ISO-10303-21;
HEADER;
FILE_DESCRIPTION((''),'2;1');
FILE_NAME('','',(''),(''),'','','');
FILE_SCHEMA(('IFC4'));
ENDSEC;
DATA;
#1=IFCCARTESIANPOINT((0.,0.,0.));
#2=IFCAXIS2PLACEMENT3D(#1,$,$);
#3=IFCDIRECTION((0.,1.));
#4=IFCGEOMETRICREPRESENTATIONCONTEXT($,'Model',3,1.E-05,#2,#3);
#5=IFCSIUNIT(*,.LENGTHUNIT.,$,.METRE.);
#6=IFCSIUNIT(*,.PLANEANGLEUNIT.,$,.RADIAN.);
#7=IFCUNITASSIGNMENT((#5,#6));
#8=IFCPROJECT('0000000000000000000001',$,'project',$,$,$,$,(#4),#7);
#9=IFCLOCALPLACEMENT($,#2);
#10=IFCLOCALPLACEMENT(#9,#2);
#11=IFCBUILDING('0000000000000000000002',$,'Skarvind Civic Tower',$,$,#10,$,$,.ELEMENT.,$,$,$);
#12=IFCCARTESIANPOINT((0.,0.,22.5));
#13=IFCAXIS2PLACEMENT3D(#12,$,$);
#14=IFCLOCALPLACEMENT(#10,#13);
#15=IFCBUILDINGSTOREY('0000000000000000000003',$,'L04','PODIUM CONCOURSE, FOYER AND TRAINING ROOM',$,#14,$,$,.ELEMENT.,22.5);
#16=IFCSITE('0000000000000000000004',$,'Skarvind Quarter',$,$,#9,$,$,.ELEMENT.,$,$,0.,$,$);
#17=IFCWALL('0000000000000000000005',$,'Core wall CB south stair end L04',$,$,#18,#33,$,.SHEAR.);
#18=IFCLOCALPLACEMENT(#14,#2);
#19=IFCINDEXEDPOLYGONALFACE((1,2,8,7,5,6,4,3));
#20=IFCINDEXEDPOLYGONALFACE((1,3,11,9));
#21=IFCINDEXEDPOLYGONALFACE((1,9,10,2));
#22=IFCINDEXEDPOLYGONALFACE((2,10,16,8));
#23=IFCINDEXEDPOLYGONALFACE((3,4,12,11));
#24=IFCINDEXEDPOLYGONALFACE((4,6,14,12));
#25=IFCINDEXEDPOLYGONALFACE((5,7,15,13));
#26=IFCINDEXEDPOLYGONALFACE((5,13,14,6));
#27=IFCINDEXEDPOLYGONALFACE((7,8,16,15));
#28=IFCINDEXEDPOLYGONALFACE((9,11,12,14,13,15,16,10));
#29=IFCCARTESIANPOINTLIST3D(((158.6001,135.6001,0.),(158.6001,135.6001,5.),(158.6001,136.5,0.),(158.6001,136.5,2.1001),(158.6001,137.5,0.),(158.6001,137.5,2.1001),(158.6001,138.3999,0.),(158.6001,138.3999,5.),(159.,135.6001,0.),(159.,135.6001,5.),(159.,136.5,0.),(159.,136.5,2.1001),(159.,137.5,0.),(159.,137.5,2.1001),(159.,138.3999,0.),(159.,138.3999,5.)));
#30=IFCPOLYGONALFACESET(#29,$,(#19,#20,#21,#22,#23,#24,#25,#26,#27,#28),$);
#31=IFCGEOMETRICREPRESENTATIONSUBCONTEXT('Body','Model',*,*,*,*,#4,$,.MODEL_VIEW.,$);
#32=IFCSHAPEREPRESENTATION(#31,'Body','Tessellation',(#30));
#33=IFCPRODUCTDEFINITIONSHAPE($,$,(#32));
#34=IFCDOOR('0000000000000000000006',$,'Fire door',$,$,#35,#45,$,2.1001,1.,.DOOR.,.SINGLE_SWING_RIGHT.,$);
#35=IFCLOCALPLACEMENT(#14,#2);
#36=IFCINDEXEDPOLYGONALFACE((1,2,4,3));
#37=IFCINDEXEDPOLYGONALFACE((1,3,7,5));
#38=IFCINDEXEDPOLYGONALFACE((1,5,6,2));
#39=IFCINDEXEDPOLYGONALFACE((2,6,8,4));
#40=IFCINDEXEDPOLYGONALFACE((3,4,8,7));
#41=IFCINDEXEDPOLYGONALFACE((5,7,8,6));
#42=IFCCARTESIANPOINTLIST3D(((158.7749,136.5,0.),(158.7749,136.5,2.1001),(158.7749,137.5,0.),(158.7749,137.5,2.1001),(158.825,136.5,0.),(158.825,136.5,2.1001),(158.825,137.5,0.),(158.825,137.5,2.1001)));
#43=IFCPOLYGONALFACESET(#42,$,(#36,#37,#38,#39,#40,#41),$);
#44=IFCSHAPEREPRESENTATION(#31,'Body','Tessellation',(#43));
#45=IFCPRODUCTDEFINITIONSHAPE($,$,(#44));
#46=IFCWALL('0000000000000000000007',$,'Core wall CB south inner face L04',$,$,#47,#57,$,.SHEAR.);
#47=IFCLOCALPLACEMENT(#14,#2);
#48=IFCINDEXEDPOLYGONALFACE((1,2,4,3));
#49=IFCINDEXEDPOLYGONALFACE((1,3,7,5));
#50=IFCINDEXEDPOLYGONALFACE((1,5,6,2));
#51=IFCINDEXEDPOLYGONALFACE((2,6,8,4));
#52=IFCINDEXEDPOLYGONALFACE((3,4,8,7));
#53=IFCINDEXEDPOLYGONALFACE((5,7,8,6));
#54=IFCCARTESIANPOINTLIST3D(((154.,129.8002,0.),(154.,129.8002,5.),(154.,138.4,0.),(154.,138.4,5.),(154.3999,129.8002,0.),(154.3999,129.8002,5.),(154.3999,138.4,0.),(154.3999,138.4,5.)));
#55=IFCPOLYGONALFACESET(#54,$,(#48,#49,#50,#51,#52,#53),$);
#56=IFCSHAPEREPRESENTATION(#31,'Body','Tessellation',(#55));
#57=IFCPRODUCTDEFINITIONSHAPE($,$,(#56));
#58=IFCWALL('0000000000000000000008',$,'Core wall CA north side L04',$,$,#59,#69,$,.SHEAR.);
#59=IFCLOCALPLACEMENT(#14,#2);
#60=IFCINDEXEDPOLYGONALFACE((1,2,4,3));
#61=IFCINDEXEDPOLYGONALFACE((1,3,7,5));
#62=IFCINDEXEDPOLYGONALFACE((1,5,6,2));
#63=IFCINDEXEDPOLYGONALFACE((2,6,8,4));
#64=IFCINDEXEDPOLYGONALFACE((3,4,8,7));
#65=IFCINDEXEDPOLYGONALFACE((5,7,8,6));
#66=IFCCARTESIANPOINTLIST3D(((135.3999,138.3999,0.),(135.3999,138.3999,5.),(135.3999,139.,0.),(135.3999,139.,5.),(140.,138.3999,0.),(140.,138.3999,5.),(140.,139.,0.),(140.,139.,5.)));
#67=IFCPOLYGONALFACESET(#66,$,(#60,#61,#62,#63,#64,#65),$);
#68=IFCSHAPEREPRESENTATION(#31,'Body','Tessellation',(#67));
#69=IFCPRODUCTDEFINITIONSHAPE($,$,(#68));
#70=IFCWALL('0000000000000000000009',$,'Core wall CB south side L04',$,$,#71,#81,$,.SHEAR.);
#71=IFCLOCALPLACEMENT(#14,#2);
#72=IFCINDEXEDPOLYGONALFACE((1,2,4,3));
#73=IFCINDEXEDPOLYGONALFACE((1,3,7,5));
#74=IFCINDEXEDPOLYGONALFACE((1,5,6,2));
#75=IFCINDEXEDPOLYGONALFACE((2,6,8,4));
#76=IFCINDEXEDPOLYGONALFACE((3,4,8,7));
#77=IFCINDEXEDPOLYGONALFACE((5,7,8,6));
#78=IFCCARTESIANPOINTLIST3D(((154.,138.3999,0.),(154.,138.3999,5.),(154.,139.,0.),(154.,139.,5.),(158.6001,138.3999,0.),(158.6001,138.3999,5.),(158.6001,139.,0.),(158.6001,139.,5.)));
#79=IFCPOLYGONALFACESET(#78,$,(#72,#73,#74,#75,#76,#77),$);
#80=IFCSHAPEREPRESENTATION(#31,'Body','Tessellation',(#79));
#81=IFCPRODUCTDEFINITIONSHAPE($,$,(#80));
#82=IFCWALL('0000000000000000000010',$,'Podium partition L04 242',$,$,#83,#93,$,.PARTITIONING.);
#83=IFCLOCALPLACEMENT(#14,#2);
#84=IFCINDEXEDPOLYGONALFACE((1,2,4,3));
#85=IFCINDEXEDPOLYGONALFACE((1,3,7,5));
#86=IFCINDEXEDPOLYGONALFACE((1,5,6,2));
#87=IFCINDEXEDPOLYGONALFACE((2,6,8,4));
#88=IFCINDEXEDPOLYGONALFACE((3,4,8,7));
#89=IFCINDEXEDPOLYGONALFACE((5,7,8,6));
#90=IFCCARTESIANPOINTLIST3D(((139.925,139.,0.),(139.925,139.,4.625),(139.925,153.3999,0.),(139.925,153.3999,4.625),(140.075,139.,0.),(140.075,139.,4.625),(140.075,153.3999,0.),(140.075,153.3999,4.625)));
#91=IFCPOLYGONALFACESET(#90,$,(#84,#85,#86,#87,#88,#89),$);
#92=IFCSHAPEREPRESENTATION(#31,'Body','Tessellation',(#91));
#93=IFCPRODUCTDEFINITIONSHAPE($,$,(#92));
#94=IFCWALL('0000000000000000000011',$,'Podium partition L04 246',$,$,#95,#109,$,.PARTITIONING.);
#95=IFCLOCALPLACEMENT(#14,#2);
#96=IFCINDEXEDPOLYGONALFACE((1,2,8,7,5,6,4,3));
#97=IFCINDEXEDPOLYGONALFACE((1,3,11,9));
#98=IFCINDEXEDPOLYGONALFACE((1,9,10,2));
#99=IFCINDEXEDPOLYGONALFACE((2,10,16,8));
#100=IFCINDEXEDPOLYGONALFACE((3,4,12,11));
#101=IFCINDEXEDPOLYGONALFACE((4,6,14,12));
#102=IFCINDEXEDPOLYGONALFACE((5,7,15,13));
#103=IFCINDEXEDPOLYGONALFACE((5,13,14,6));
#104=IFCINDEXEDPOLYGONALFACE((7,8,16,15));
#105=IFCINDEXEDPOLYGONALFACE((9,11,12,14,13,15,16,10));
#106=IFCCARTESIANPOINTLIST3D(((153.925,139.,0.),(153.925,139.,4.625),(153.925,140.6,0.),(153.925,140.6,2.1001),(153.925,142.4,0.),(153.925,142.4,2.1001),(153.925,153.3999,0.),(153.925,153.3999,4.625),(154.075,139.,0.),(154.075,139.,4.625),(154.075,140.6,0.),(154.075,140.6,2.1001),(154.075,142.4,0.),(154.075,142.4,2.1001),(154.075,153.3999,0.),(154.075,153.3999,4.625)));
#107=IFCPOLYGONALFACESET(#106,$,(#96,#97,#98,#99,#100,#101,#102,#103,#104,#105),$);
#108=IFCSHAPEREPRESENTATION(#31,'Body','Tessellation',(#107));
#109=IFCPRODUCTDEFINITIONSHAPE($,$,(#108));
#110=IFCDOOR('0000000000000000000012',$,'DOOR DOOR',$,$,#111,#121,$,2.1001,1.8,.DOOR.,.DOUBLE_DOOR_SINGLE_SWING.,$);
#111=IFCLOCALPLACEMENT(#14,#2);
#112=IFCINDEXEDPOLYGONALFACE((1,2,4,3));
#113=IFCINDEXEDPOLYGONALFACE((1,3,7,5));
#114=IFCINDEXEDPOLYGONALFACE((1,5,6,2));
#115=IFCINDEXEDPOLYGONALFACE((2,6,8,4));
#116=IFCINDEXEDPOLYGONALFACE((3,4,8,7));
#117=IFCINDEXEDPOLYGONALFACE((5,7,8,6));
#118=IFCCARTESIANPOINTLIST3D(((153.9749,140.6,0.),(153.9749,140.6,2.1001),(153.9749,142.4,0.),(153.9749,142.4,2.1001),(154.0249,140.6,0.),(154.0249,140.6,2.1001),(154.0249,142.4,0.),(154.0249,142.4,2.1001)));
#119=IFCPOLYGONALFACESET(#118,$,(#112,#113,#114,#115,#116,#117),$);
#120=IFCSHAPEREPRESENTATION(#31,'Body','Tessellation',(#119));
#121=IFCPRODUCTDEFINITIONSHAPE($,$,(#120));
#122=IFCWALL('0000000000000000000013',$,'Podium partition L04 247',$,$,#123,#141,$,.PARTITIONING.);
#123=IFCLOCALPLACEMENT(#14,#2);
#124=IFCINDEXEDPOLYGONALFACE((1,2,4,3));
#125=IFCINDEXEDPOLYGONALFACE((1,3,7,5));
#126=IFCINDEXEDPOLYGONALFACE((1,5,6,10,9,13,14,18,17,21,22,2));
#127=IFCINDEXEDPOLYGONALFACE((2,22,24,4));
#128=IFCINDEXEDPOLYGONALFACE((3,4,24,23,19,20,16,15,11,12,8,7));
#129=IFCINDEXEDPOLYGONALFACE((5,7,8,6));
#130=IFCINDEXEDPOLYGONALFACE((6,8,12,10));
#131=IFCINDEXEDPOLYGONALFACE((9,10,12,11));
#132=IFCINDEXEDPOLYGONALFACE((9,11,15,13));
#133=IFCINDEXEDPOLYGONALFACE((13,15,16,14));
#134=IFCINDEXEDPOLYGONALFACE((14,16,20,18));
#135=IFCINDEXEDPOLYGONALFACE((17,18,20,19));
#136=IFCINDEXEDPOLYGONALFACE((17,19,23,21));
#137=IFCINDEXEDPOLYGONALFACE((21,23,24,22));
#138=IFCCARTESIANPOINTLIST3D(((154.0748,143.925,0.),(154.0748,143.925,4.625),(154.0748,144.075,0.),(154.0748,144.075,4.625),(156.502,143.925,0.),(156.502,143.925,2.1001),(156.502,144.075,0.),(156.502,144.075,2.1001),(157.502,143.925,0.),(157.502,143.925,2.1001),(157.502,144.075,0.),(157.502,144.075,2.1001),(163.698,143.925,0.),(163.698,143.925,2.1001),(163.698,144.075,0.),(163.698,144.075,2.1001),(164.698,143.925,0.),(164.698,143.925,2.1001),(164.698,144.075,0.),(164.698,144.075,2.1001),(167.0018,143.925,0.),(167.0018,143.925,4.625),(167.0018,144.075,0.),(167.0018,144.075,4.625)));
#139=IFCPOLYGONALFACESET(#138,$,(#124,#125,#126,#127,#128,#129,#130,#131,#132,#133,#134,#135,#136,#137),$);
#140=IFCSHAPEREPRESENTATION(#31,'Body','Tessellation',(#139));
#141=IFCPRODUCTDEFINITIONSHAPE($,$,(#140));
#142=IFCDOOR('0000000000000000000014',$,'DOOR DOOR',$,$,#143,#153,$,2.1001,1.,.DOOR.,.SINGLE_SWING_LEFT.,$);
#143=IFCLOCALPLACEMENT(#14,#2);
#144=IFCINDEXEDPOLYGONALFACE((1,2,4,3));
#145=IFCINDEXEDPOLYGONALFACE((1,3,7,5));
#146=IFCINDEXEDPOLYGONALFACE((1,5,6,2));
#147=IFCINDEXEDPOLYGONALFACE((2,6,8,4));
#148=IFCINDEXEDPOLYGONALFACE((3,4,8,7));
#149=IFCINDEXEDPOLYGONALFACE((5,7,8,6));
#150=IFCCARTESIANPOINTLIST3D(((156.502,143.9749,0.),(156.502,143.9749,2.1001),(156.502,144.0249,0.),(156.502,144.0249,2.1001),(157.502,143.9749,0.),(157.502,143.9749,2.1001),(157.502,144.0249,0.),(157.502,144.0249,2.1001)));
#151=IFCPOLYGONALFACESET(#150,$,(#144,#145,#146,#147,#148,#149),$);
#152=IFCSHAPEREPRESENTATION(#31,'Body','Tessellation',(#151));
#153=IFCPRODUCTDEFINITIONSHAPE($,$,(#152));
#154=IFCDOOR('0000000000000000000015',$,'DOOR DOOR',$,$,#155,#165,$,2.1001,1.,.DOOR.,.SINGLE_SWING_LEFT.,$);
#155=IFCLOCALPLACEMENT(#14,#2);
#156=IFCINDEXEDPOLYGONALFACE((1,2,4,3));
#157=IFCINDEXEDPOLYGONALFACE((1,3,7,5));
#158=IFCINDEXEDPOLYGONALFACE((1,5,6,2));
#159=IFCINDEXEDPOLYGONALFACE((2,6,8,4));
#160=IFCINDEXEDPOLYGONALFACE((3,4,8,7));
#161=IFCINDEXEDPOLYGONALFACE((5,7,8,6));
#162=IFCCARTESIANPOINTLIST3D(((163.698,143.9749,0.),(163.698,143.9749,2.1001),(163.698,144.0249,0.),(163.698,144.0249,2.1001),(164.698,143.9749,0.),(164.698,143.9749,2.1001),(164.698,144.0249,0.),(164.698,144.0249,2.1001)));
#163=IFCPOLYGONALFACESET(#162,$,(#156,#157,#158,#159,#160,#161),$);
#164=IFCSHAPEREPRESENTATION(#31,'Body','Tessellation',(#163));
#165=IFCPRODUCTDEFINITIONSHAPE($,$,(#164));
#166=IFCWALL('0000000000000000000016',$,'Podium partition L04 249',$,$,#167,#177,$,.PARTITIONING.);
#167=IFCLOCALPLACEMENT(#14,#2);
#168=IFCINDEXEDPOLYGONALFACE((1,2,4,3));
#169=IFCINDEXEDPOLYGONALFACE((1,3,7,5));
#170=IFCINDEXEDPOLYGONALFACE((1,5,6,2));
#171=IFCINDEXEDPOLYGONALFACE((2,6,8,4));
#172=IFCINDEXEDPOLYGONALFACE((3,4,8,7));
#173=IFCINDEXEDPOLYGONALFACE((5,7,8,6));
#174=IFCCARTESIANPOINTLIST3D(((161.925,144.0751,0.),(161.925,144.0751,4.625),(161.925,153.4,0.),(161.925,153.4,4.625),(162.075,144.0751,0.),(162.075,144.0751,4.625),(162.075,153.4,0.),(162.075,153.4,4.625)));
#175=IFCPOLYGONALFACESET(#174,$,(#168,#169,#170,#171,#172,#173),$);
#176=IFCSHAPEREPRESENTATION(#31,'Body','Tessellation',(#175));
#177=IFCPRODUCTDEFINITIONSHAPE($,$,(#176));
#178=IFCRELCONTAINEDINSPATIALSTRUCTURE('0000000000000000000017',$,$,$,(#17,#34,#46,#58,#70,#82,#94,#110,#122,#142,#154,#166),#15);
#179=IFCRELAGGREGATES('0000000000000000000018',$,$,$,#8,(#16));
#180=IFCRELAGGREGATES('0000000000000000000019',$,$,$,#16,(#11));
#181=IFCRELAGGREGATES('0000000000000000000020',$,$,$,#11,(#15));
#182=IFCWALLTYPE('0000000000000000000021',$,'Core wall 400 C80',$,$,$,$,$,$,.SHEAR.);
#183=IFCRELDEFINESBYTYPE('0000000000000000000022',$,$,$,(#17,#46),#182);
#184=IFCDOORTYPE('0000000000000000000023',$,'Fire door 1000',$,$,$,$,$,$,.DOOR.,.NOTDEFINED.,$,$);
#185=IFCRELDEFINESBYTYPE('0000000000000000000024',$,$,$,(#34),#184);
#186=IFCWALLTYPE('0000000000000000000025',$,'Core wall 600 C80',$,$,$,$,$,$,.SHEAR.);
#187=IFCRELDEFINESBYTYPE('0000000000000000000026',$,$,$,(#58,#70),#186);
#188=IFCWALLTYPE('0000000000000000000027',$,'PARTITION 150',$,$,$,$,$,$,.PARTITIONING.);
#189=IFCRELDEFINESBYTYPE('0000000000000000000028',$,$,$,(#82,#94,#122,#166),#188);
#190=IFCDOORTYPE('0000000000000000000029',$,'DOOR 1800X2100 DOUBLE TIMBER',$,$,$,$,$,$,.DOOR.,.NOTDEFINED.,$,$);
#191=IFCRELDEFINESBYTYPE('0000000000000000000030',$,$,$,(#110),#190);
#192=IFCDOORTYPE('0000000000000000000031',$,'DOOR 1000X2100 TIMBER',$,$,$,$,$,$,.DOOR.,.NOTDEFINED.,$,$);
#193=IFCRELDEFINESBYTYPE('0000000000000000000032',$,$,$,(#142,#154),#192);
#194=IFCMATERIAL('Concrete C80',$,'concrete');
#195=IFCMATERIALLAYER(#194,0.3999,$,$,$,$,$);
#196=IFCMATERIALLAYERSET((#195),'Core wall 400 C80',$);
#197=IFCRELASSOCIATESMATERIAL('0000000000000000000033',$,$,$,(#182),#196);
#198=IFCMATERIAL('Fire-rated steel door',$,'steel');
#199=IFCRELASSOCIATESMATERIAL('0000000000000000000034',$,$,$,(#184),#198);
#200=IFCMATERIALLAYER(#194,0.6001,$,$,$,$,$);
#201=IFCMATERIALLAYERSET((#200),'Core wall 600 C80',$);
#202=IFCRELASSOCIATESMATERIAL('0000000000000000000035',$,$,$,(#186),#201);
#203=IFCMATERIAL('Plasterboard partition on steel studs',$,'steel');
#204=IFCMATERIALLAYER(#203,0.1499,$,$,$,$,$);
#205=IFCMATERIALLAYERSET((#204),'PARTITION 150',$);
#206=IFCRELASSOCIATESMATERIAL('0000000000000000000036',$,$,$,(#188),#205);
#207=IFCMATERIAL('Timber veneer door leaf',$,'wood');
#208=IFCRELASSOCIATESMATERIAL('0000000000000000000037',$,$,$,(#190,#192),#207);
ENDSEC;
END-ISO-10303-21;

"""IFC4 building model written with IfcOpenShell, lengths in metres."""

from ifc_helpers import new_model, si_unit, direction, frame, frame_2d, origin, place, context, subcontext, project, spatial, rectangle, extrude, material, layer, layer_set, type_object, element, fill, save


model = new_model("IFC4")

# Units and contexts
model_context = context("Model", 3, precision=1e-05, world=origin(), true_north=direction((0.0, 1.0)))
body_context = subcontext(model_context, "Body", "Model", "MODEL_VIEW")
ifc_project = project(units=[si_unit("LENGTHUNIT", "METRE"), si_unit("PLANEANGLEUNIT", "RADIAN")], contexts=[model_context])

# Site, building, storey
site_placement = place(None, origin())
site = spatial("IfcSite", under=ifc_project, at=site_placement, Name="Skarvind Quarter", CompositionType="ELEMENT", RefElevation=0.0)
building_placement = place(site_placement, origin())
building = spatial("IfcBuilding", under=site, at=building_placement, Name="Skarvind Civic Tower", CompositionType="ELEMENT")
storey_placement = place(building_placement, frame((0.0, 0.0, 22.5)))
storey = spatial("IfcBuildingStorey", under=building, at=storey_placement, Name="L04", Description="PODIUM CONCOURSE, FOYER AND TRAINING ROOM", CompositionType="ELEMENT", Elevation=22.5)

# Shared definitions
ifc_material_1 = material(Name="Fire-rated steel door", Category="steel")

# Shared definitions
ifc_material_2 = material(Name="Concrete C80", Category="concrete")
ifc_layer_1 = layer(ifc_material_2, 0.3999)
ifc_layer_set_1 = layer_set([ifc_layer_1], Name="Core wall 400 C80")
wall_type_1 = type_object("IfcWallType", Name="Core wall 400 C80", PredefinedType="SHEAR", material=ifc_layer_set_1)

# Wall, opening, door
wall_1_placement = place(storey_placement, frame((158.8, 138.3999, 0.0), z_axis=(0.0, 0.0, 1.0), x_axis=(0.0, -1.0, 0.0)))
wall_1 = element("IfcWall", 1, at=wall_1_placement, inside=storey, type_object=wall_type_1, Name="Core wall CB south stair end L04", PredefinedType="SHEAR", context=body_context, shape_type="SweptSolid", body=[
    extrude(rectangle(XDim=2.7998, YDim=0.3999, at=frame_2d((1.3999, 0.0))), origin(), (0.0, 0.0, 1.0), 5.0),
])
opening_1_placement = place(wall_1_placement, frame((0.8999, 0.0, 0.0)))
opening_1 = element("IfcOpeningElement", 2, at=opening_1_placement, cuts=wall_1, PredefinedType="OPENING", context=body_context, shape_type="SweptSolid", body=[
    extrude(rectangle(XDim=1.0, YDim=2.1001, at=frame_2d((0.5, 1.05))), frame((0.0, 0.21, 0.0), z_axis=(0.0, -1.0, 0.0), x_axis=(1.0, 0.0, 0.0)), (0.0, 0.0, 1.0), 0.4199),
])
door_type_1 = type_object("IfcDoorType", Name="Fire door 1000", OperationType="NOTDEFINED", PredefinedType="DOOR", material=ifc_material_1)
door_1_placement = place(opening_1_placement, origin())
door_1 = element("IfcDoor", 3, at=door_1_placement, inside=storey, type_object=door_type_1, Name="Fire door", OperationType="SINGLE_SWING_RIGHT", OverallHeight=2.1001, OverallWidth=1.0, PredefinedType="DOOR", context=body_context, shape_type="SweptSolid", body=[
    extrude(rectangle(XDim=1.0, YDim=2.1001, at=frame_2d((0.5, 1.05))), frame((0.0, 0.0249, 0.0), z_axis=(0.0, -1.0, 0.0), x_axis=(1.0, 0.0, 0.0)), (0.0, 0.0, 1.0), 0.05),
])
fill(opening_1, door_1)

# Walls
wall_2_placement = place(storey_placement, frame((154.2, 138.3999, 0.0), z_axis=(0.0, 0.0, 1.0), x_axis=(0.0, -1.0, 0.0)))
element("IfcWall", 4, at=wall_2_placement, inside=storey, type_object=wall_type_1, Name="Core wall CB south inner face L04", PredefinedType="SHEAR", context=body_context, shape_type="SweptSolid", body=[
    extrude(rectangle(XDim=8.5999, YDim=0.3999, at=frame_2d((4.2998, 0.0))), origin(), (0.0, 0.0, 1.0), 5.0),
])
ifc_layer_2 = layer(ifc_material_2, 0.6001)
ifc_layer_set_2 = layer_set([ifc_layer_2], Name="Core wall 600 C80")
wall_type_2 = type_object("IfcWallType", Name="Core wall 600 C80", PredefinedType="SHEAR", material=ifc_layer_set_2)
for number, where, z_axis, x_axis, name in (
    (5, (135.3999, 138.7, 0.0), (0.0, 0.0, 1.0), (1.0, 0.0, 0.0), "Core wall CA north side L04"),
    (6, (158.6001, 138.7, 0.0), (0.0, 0.0, 1.0), (-1.0, 0.0, 0.0), "Core wall CB south side L04"),
):
    element("IfcWall", number, at=place(storey_placement, frame(where, z_axis=z_axis, x_axis=x_axis)), inside=storey, type_object=wall_type_2, Name=name, PredefinedType="SHEAR", context=body_context, shape_type="SweptSolid", body=[
        extrude(rectangle(XDim=4.6001, YDim=0.6001, at=frame_2d((2.3, 0.0))), origin(), (0.0, 0.0, 1.0), 5.0),
    ])
ifc_material_3 = material(Name="Plasterboard partition on steel studs", Category="steel")
ifc_layer_3 = layer(ifc_material_3, 0.1499)
ifc_layer_set_3 = layer_set([ifc_layer_3], Name="PARTITION 150")
wall_type_3 = type_object("IfcWallType", Name="PARTITION 150", PredefinedType="PARTITIONING", material=ifc_layer_set_3)
wall_3_placement = place(storey_placement, frame((140.0, 139.0, 0.0), z_axis=(0.0, 0.0, 1.0), x_axis=(0.0, 1.0, 0.0)))
element("IfcWall", 7, at=wall_3_placement, inside=storey, type_object=wall_type_3, Name="Podium partition L04 242", PredefinedType="PARTITIONING", context=body_context, shape_type="SweptSolid", body=[
    extrude(rectangle(XDim=14.3999, YDim=0.1499, at=frame_2d((7.2, 0.0))), origin(), (0.0, 0.0, 1.0), 4.625),
])

# Wall, opening, door
wall_4_placement = place(storey_placement, frame((154.0, 153.3999, 0.0), z_axis=(0.0, 0.0, 1.0), x_axis=(0.0, -1.0, 0.0)))
wall_4 = element("IfcWall", 8, at=wall_4_placement, inside=storey, type_object=wall_type_3, Name="Podium partition L04 246", PredefinedType="PARTITIONING", context=body_context, shape_type="SweptSolid", body=[
    extrude(rectangle(XDim=14.3999, YDim=0.1499, at=frame_2d((7.2, 0.0))), origin(), (0.0, 0.0, 1.0), 4.625),
])
opening_2_placement = place(wall_4_placement, frame((11.0, 0.0, 0.0)))
opening_2 = element("IfcOpeningElement", 9, at=opening_2_placement, cuts=wall_4, PredefinedType="OPENING", context=body_context, shape_type="SweptSolid", body=[
    extrude(rectangle(XDim=1.8, YDim=2.1001, at=frame_2d((0.8999, 1.05))), frame((0.0, 0.085, 0.0), z_axis=(0.0, -1.0, 0.0), x_axis=(1.0, 0.0, 0.0)), (0.0, 0.0, 1.0), 0.1699),
])
ifc_material_4 = material(Name="Timber veneer door leaf", Category="wood")
door_type_2 = type_object("IfcDoorType", Name="DOOR 1800X2100 DOUBLE TIMBER", OperationType="NOTDEFINED", PredefinedType="DOOR", material=ifc_material_4)
door_2_placement = place(opening_2_placement, origin())
door_2 = element("IfcDoor", 10, at=door_2_placement, inside=storey, type_object=door_type_2, Name="DOOR DOOR", OperationType="DOUBLE_DOOR_SINGLE_SWING", OverallHeight=2.1001, OverallWidth=1.8, PredefinedType="DOOR", context=body_context, shape_type="SweptSolid", body=[
    extrude(rectangle(XDim=1.8, YDim=2.1001, at=frame_2d((0.8999, 1.05))), frame((0.0, 0.0249, 0.0), z_axis=(0.0, -1.0, 0.0), x_axis=(1.0, 0.0, 0.0)), (0.0, 0.0, 1.0), 0.05),
])
fill(opening_2, door_2)

# Wall, openings, doors
wall_5_placement = place(storey_placement, frame((154.075, 144.0, 0.0), z_axis=(0.0, 0.0, 1.0), x_axis=(1.0, 0.0, 0.0)))
wall_5 = element("IfcWall", 11, at=wall_5_placement, inside=storey, type_object=wall_type_3, Name="Podium partition L04 247", PredefinedType="PARTITIONING", context=body_context, shape_type="SweptSolid", body=[
    extrude(rectangle(XDim=12.927, YDim=0.1499, at=frame_2d((6.4634, 0.0))), origin(), (0.0, 0.0, 1.0), 4.625),
])
opening_3_placement = place(wall_5_placement, frame((2.427, 0.0, 0.0)))
opening_3 = element("IfcOpeningElement", 12, at=opening_3_placement, cuts=wall_5, PredefinedType="OPENING", context=body_context, shape_type="SweptSolid", body=[
    extrude(rectangle(XDim=1.0, YDim=2.1001, at=frame_2d((0.5, 1.05))), frame((0.0, 0.085, 0.0), z_axis=(0.0, -1.0, 0.0), x_axis=(1.0, 0.0, 0.0)), (0.0, 0.0, 1.0), 0.1699),
])
opening_4_placement = place(wall_5_placement, frame((9.623, 0.0, 0.0)))
opening_4 = element("IfcOpeningElement", 13, at=opening_4_placement, cuts=wall_5, PredefinedType="OPENING", context=body_context, shape_type="SweptSolid", body=[
    extrude(rectangle(XDim=1.0, YDim=2.1001, at=frame_2d((0.5, 1.05))), frame((0.0, 0.085, 0.0), z_axis=(0.0, -1.0, 0.0), x_axis=(1.0, 0.0, 0.0)), (0.0, 0.0, 1.0), 0.1699),
])
door_type_3 = type_object("IfcDoorType", Name="DOOR 1000X2100 TIMBER", OperationType="NOTDEFINED", PredefinedType="DOOR", material=ifc_material_4)
door_3_placement = place(opening_3_placement, origin())
door_3 = element("IfcDoor", 14, at=door_3_placement, inside=storey, type_object=door_type_3, Name="DOOR DOOR", OperationType="SINGLE_SWING_LEFT", OverallHeight=2.1001, OverallWidth=1.0, PredefinedType="DOOR", context=body_context, shape_type="SweptSolid", body=[
    extrude(rectangle(XDim=1.0, YDim=2.1001, at=frame_2d((0.5, 1.05))), frame((0.0, 0.0249, 0.0), z_axis=(0.0, -1.0, 0.0), x_axis=(1.0, 0.0, 0.0)), (0.0, 0.0, 1.0), 0.05),
])
fill(opening_3, door_3)
door_4_placement = place(opening_4_placement, origin())
door_4 = element("IfcDoor", 15, at=door_4_placement, inside=storey, type_object=door_type_3, Name="DOOR DOOR", OperationType="SINGLE_SWING_LEFT", OverallHeight=2.1001, OverallWidth=1.0, PredefinedType="DOOR", context=body_context, shape_type="SweptSolid", body=[
    extrude(rectangle(XDim=1.0, YDim=2.1001, at=frame_2d((0.5, 1.05))), frame((0.0, 0.0249, 0.0), z_axis=(0.0, -1.0, 0.0), x_axis=(1.0, 0.0, 0.0)), (0.0, 0.0, 1.0), 0.05),
])
fill(opening_4, door_4)

# Wall
wall_6_placement = place(storey_placement, frame((162.0, 144.075, 0.0), z_axis=(0.0, 0.0, 1.0), x_axis=(0.0, 1.0, 0.0)))
element("IfcWall", 16, at=wall_6_placement, inside=storey, type_object=wall_type_3, Name="Podium partition L04 249", PredefinedType="PARTITIONING", context=body_context, shape_type="SweptSolid", body=[
    extrude(rectangle(XDim=9.325, YDim=0.1499, at=frame_2d((4.6626, 0.0))), origin(), (0.0, 0.0, 1.0), 4.625),
])

save(model, "model.ifc")
